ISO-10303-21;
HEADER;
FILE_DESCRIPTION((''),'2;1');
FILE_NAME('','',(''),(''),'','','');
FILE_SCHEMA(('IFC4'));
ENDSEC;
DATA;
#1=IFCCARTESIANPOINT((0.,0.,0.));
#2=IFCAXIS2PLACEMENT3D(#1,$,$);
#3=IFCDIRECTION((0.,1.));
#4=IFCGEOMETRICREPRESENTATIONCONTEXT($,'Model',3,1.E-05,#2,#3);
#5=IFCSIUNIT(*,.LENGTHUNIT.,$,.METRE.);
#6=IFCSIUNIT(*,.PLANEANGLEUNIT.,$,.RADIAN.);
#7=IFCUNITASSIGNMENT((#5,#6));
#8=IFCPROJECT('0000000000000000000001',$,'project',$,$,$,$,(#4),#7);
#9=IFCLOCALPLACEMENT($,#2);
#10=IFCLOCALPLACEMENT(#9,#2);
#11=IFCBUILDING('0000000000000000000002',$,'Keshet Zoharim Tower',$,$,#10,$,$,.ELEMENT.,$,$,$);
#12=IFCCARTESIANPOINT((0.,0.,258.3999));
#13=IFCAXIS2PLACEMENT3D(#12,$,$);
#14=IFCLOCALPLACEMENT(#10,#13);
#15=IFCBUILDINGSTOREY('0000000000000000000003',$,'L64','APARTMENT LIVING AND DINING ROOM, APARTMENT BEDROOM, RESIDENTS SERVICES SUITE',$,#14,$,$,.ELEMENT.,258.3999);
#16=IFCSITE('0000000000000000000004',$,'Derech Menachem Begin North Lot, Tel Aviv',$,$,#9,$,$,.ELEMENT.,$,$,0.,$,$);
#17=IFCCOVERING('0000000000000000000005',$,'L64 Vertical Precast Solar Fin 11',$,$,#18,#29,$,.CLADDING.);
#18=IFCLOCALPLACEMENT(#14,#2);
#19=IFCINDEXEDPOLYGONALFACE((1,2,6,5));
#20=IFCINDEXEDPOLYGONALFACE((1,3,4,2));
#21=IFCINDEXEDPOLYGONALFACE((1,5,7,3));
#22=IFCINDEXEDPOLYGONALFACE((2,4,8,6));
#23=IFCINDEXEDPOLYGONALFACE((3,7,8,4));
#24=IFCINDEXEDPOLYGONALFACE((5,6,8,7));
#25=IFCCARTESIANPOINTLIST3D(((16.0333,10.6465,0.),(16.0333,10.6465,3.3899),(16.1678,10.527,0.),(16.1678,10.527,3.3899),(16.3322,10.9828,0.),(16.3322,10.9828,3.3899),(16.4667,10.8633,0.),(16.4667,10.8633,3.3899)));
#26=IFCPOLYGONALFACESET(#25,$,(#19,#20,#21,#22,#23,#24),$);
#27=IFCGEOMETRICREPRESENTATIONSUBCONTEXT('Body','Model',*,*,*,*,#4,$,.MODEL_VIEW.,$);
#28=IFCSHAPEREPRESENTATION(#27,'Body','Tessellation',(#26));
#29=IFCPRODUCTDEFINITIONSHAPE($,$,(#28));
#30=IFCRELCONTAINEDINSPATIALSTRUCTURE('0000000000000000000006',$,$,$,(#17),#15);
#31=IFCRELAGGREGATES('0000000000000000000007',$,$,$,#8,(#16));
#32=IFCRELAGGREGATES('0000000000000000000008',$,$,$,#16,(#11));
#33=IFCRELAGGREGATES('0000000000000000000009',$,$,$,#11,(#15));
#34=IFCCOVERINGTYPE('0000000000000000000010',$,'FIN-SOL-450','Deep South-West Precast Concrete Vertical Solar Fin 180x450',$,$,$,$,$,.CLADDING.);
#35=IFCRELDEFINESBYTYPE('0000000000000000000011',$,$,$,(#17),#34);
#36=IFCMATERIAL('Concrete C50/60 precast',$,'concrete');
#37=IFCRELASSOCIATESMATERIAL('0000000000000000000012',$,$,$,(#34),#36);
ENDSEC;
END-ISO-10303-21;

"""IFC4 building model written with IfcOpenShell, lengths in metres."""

from ifc_helpers import new_model, si_unit, direction, frame, origin, origin_2d, place, context, subcontext, project, spatial, rectangle, extrude, material, type_object, element, save


model = new_model("IFC4")

# Units and contexts
model_context = context("Model", 3, precision=1e-05, world=origin(), true_north=direction((0.0, 1.0)))
body_context = subcontext(model_context, "Body", "Model", "MODEL_VIEW")
ifc_project = project(units=[si_unit("LENGTHUNIT", "METRE"), si_unit("PLANEANGLEUNIT", "RADIAN")], contexts=[model_context])

# Site, building, storey
site_placement = place(None, origin())
site = spatial("IfcSite", under=ifc_project, at=site_placement, Name="Derech Menachem Begin North Lot, Tel Aviv", CompositionType="ELEMENT", RefElevation=0.0)
building_placement = place(site_placement, origin())
building = spatial("IfcBuilding", under=site, at=building_placement, Name="Keshet Zoharim Tower", CompositionType="ELEMENT")
storey_placement = place(building_placement, frame((0.0, 0.0, 258.3999)))
storey = spatial("IfcBuildingStorey", under=building, at=storey_placement, Name="L64", Description="APARTMENT LIVING AND DINING ROOM, APARTMENT BEDROOM, RESIDENTS SERVICES SUITE", CompositionType="ELEMENT", Elevation=258.3999)

# Covering
ifc_material_1 = material(Name="Concrete C50/60 precast", Category="concrete")
covering_type = type_object("IfcCoveringType", Name="FIN-SOL-450", Description="Deep South-West Precast Concrete Vertical Solar Fin 180x450", PredefinedType="CLADDING", material=ifc_material_1)
covering_placement = place(storey_placement, frame((16.25, 10.7549, 0.0), z_axis=(0.0, 0.0, 1.0), x_axis=(-0.747412, 0.664361, 0.0)))
element("IfcCovering", 1, at=covering_placement, inside=storey, type_object=covering_type, Name="L64 Vertical Precast Solar Fin 11", PredefinedType="CLADDING", context=body_context, shape_type="SweptSolid", body=[
    extrude(rectangle(XDim=0.1799, YDim=0.45, at=origin_2d()), origin(), (0.0, 0.0, 1.0), 3.3899),
])

save(model, "model.ifc")
